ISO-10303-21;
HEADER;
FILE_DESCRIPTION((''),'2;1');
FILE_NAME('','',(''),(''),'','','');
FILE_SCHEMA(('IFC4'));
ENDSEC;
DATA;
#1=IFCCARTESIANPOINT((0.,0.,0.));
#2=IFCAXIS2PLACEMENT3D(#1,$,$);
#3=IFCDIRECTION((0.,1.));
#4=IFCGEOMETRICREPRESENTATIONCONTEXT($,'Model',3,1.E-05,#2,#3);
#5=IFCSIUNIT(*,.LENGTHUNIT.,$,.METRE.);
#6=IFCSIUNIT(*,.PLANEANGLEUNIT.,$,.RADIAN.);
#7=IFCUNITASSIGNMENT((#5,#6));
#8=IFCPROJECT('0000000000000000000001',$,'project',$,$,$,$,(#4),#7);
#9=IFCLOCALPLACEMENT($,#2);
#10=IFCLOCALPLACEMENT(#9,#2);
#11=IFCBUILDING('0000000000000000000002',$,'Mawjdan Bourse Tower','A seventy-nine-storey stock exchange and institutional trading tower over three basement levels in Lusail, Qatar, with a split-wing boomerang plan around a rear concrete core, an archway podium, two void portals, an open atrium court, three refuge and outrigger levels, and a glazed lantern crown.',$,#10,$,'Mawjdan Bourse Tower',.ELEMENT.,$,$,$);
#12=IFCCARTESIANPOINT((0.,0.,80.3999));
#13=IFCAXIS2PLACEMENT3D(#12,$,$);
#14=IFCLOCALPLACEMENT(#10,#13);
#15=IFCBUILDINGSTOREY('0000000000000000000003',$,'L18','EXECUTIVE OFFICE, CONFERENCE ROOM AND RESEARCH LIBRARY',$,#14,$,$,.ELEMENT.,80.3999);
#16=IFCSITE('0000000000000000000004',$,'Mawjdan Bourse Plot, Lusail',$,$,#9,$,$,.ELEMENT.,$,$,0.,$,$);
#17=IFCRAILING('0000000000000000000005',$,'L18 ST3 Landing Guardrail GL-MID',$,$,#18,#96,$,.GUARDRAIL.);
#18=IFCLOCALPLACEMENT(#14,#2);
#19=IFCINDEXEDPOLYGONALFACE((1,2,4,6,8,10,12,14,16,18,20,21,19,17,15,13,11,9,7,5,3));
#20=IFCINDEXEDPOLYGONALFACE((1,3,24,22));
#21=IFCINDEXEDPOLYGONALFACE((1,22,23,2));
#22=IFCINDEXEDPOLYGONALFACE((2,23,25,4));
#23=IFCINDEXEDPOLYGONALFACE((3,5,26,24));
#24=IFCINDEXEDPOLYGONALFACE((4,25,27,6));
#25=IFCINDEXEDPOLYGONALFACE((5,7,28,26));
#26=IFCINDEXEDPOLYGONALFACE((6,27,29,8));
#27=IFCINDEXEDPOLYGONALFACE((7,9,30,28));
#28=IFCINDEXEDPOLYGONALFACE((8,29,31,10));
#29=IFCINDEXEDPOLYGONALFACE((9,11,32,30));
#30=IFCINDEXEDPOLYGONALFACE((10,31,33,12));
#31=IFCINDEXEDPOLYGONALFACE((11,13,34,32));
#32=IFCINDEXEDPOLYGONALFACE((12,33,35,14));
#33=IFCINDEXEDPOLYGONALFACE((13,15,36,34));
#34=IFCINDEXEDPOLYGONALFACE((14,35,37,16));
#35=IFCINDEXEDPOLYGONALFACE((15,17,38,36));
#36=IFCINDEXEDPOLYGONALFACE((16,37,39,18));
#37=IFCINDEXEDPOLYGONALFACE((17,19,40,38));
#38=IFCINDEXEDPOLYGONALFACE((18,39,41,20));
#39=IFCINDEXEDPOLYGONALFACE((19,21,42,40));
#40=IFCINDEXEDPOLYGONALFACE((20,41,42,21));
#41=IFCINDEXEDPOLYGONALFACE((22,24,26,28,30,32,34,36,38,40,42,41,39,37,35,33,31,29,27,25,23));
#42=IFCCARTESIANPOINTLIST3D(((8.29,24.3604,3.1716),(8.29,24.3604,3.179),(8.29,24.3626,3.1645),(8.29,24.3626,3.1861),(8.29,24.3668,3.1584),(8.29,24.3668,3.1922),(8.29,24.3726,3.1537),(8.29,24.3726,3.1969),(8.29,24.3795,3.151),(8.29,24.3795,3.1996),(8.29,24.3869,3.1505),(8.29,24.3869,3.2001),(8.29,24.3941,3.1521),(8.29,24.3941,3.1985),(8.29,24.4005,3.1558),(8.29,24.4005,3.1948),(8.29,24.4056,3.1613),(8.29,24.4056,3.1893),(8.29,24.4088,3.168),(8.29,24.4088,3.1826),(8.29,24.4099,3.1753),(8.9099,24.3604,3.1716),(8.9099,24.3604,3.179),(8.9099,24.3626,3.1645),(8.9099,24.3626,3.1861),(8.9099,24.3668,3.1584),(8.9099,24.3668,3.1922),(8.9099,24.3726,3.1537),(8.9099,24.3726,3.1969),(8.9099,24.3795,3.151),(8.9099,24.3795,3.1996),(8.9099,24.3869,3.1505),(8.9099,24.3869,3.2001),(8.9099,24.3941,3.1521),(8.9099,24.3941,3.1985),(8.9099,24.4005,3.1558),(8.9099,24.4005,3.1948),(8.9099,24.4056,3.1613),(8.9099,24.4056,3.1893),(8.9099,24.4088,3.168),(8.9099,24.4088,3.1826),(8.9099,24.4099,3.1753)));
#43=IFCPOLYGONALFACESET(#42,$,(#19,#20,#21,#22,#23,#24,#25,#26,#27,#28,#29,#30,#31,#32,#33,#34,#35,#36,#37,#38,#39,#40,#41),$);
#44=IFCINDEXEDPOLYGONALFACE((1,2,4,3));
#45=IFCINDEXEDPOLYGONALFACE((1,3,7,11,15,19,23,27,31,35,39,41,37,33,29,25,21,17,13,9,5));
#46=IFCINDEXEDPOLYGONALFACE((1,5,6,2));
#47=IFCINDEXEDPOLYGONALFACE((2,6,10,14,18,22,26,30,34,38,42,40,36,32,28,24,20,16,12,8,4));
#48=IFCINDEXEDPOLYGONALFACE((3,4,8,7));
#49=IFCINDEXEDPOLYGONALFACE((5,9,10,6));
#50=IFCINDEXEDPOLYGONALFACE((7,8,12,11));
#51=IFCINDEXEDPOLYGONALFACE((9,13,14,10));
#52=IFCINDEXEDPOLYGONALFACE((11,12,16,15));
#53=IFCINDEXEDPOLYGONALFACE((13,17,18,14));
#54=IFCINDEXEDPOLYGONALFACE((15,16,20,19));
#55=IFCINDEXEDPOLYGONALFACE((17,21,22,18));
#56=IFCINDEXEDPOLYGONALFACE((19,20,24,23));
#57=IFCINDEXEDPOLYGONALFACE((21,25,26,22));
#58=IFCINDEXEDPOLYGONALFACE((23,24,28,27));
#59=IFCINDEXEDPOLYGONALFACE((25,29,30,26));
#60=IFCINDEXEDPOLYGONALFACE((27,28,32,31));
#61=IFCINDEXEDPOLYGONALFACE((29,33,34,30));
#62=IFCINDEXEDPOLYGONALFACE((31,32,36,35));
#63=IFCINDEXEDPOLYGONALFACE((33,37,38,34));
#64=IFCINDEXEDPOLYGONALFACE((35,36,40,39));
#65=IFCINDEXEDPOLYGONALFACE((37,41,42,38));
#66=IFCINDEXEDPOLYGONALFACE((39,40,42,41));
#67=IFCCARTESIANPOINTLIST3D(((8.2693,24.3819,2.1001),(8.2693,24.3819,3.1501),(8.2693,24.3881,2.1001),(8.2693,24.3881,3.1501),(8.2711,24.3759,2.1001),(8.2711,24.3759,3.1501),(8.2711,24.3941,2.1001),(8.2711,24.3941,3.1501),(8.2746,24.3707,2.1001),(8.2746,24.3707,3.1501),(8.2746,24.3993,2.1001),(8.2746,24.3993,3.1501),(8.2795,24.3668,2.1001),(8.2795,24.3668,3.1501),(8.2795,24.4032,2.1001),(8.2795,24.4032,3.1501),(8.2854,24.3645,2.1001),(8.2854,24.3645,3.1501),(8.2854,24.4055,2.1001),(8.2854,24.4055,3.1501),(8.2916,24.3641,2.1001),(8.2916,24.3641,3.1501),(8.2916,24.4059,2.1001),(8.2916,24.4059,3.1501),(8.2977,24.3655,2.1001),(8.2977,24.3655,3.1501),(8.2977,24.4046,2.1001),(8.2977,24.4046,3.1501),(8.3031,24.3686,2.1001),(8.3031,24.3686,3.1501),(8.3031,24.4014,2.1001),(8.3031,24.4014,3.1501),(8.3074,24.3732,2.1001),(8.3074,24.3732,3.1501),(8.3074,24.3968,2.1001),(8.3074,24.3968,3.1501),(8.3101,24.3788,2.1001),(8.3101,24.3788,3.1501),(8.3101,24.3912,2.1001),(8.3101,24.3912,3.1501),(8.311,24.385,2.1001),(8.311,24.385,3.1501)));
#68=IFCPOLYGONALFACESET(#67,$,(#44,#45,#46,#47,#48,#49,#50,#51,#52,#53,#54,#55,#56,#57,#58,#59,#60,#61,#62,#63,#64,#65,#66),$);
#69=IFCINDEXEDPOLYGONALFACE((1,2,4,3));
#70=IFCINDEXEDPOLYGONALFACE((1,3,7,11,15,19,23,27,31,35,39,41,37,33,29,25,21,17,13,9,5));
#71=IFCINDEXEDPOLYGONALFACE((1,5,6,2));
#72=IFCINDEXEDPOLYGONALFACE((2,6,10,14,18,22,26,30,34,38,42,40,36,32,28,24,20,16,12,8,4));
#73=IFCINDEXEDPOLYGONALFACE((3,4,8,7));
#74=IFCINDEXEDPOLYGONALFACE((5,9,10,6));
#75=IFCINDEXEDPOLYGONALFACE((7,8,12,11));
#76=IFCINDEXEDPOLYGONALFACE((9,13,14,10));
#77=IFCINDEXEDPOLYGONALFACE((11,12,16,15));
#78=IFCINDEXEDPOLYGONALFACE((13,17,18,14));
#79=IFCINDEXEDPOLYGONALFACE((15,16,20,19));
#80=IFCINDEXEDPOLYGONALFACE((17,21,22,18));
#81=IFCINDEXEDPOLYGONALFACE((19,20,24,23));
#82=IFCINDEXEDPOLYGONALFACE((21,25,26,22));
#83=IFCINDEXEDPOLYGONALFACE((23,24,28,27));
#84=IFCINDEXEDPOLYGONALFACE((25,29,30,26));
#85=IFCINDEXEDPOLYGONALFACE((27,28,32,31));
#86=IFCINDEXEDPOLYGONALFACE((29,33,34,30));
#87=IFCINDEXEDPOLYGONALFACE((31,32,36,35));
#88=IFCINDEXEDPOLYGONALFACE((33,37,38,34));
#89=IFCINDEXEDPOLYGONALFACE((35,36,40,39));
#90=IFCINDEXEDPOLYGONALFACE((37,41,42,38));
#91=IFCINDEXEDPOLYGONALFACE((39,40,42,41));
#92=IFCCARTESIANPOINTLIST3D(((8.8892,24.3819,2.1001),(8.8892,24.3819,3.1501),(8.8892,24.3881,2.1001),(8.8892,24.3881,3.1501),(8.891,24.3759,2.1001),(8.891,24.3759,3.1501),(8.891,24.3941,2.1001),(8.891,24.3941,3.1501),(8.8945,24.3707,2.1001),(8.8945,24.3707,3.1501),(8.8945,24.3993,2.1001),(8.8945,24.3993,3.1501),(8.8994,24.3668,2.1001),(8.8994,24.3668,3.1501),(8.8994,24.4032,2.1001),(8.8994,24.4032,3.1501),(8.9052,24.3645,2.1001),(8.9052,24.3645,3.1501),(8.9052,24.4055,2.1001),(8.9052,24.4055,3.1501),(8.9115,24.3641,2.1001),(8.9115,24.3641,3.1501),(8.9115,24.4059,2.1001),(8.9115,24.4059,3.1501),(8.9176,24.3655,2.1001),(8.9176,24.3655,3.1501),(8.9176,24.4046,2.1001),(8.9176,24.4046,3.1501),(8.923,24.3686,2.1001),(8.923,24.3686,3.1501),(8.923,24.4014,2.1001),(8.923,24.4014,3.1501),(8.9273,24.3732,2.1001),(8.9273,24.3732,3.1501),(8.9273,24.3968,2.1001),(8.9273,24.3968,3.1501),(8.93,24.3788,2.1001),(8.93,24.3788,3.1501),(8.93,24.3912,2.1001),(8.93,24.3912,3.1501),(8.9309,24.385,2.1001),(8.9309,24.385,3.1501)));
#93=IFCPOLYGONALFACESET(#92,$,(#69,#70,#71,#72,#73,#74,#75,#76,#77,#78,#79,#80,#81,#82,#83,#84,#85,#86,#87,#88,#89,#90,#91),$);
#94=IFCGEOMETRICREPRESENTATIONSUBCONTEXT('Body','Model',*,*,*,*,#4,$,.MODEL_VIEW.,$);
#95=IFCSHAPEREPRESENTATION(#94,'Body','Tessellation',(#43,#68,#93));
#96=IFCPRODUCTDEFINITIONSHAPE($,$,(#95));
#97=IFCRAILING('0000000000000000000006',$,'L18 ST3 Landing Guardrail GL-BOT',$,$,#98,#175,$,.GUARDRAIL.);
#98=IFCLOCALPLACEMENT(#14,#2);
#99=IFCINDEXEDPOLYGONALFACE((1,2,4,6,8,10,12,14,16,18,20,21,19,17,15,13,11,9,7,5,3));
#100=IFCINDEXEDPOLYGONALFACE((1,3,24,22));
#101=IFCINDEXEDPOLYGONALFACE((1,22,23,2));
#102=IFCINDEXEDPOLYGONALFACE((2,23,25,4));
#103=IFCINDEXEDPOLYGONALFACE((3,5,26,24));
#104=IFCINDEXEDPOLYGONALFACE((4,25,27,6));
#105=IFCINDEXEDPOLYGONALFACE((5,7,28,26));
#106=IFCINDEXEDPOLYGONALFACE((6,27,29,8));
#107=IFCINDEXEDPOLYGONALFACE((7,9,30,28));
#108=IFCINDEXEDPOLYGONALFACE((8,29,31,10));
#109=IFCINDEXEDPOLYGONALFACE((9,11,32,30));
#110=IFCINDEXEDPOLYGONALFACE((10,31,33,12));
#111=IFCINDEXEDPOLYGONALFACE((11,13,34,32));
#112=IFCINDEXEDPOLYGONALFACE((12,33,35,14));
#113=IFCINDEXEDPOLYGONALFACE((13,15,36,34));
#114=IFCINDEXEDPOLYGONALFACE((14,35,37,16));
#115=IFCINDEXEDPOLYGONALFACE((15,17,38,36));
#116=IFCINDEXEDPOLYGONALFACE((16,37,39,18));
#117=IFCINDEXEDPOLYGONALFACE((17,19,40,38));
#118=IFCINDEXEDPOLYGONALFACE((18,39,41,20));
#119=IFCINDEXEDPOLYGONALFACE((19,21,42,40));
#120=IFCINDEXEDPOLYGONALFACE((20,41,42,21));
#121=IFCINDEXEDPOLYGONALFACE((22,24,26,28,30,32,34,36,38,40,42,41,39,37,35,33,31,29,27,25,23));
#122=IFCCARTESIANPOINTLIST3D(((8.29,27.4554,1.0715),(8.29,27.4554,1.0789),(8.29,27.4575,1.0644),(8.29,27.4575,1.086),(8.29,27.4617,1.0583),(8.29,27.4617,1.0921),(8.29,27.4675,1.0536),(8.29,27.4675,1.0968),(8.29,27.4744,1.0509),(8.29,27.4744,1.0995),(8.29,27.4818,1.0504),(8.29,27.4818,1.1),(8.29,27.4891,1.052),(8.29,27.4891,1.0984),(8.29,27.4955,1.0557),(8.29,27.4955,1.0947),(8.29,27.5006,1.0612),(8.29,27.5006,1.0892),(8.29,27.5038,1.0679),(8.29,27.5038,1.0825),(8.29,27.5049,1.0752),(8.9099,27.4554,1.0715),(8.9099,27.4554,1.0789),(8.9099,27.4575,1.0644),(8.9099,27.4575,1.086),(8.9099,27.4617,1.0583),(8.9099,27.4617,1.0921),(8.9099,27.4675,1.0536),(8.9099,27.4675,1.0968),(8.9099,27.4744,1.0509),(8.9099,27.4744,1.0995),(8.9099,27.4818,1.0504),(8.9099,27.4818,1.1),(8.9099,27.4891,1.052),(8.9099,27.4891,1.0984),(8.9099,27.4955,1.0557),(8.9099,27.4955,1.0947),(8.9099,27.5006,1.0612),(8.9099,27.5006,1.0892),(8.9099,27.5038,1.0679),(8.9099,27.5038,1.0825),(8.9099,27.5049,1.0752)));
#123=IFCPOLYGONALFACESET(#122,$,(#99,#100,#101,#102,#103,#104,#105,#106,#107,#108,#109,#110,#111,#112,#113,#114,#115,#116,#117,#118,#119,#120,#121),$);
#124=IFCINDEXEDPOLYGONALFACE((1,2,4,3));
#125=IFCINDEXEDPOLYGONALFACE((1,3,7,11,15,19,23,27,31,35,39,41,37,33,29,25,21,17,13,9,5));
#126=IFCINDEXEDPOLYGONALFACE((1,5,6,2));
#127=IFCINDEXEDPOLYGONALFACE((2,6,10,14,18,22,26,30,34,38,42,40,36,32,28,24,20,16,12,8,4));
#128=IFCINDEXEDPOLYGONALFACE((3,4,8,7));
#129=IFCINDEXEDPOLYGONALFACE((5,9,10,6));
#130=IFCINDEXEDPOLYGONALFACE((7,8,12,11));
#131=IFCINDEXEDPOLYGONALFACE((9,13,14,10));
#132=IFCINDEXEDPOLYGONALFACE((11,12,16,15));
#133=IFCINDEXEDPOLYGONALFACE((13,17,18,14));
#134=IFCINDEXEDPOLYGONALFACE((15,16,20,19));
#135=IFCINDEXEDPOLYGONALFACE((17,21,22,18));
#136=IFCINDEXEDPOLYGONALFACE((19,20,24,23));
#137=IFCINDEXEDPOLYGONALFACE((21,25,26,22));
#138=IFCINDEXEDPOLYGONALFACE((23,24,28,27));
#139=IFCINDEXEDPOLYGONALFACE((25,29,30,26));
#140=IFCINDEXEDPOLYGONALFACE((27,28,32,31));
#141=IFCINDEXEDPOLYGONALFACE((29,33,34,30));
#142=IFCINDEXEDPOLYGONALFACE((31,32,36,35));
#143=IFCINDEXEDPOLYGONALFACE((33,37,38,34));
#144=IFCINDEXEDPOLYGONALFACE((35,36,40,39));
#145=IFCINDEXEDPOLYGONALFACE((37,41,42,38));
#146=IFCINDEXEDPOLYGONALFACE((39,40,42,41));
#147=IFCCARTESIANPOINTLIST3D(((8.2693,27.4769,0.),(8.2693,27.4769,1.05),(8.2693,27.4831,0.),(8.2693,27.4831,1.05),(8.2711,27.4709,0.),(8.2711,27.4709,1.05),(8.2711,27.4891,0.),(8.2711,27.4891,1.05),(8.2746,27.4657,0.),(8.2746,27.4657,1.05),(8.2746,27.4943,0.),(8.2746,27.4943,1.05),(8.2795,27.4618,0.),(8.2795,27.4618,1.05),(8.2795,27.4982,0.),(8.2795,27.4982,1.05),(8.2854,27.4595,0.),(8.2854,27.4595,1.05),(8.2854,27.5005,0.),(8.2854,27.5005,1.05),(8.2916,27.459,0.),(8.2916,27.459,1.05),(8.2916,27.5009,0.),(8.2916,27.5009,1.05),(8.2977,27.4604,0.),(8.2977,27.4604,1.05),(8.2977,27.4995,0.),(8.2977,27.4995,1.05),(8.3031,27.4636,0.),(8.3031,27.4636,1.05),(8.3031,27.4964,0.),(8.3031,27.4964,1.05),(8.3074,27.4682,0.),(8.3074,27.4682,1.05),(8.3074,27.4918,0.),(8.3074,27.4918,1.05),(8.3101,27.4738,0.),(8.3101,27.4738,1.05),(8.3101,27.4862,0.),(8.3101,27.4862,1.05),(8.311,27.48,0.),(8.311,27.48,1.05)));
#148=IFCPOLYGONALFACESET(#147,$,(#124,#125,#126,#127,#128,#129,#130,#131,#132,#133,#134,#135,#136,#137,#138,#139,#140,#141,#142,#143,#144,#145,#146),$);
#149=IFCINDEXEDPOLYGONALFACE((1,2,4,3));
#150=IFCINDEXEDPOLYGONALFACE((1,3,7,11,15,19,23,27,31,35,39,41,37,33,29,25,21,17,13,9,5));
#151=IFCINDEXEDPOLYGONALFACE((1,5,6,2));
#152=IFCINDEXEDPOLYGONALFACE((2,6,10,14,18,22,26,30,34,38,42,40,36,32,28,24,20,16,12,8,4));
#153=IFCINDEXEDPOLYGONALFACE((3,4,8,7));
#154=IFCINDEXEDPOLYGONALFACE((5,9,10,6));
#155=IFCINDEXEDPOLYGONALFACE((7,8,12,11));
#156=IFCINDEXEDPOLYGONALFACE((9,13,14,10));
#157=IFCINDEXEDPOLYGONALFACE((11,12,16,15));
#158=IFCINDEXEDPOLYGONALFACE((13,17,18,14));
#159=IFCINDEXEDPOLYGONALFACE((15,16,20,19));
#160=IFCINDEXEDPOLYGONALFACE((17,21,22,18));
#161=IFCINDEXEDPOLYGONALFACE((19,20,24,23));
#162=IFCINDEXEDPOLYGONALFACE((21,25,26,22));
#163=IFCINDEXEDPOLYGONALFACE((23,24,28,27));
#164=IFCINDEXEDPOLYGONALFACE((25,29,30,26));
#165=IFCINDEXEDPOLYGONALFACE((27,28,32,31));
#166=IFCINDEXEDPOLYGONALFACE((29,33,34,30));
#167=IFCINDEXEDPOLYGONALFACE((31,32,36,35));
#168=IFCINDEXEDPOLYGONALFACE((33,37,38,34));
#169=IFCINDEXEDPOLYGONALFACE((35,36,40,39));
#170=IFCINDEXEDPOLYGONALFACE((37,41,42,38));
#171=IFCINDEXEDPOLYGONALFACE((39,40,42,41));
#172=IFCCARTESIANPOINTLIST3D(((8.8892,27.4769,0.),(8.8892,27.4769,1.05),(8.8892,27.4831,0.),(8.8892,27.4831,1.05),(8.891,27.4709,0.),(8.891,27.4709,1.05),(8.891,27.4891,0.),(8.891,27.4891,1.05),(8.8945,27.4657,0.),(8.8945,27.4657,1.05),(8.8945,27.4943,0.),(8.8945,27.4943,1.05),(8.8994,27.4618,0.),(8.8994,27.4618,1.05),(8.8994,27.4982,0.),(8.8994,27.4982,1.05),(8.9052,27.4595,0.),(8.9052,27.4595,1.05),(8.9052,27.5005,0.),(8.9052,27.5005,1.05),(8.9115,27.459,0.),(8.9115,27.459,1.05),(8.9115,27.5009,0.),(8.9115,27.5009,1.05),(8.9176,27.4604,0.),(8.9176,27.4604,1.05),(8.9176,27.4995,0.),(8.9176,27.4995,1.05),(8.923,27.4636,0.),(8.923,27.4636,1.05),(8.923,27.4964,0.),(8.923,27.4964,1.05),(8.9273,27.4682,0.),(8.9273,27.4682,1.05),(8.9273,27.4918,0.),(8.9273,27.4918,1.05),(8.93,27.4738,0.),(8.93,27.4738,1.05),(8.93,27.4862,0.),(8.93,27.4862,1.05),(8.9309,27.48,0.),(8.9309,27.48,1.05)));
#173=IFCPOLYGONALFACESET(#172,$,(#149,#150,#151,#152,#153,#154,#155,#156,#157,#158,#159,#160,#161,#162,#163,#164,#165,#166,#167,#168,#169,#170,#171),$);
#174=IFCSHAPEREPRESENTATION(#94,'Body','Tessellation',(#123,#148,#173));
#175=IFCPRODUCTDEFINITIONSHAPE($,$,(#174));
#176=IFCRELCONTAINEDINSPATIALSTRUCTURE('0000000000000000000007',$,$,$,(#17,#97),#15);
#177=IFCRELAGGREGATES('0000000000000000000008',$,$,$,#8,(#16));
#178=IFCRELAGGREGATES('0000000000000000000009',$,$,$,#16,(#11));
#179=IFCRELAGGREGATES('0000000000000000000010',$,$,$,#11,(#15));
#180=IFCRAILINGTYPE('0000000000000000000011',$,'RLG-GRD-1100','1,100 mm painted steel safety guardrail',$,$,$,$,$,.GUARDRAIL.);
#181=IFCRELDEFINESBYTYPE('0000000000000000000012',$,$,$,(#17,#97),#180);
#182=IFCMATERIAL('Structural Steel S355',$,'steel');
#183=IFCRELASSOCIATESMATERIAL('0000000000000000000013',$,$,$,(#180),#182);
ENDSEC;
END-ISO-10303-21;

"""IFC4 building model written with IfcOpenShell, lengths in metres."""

from ifc_helpers import new_model, si_unit, direction, frame, origin, origin_2d, place, context, subcontext, project, spatial, circle, extrude, material, type_object, element, save


model = new_model("IFC4")

# Units and contexts
model_context = context("Model", 3, precision=1e-05, world=origin(), true_north=direction((0.0, 1.0)))
body_context = subcontext(model_context, "Body", "Model", "MODEL_VIEW")
ifc_project = project(units=[si_unit("LENGTHUNIT", "METRE"), si_unit("PLANEANGLEUNIT", "RADIAN")], contexts=[model_context])

# Site, building, storey
site_placement = place(None, origin())
site = spatial("IfcSite", under=ifc_project, at=site_placement, Name="Mawjdan Bourse Plot, Lusail", CompositionType="ELEMENT", RefElevation=0.0)
building_placement = place(site_placement, origin())
building = spatial("IfcBuilding", under=site, at=building_placement, Name="Mawjdan Bourse Tower", Description="A seventy-nine-storey stock exchange and institutional trading tower over three basement levels in Lusail, Qatar, with a split-wing boomerang plan around a rear concrete core, an archway podium, two void portals, an open atrium court, three refuge and outrigger levels, and a glazed lantern crown.", LongName="Mawjdan Bourse Tower", CompositionType="ELEMENT")
storey_placement = place(building_placement, frame((0.0, 0.0, 80.3999)))
storey = spatial("IfcBuildingStorey", under=building, at=storey_placement, Name="L18", Description="EXECUTIVE OFFICE, CONFERENCE ROOM AND RESEARCH LIBRARY", CompositionType="ELEMENT", Elevation=80.3999)

# Shared definitions
ifc_material_1 = material(Name="Structural Steel S355", Category="steel")

# Railings
railing_type_1 = type_object("IfcRailingType", Name="RLG-GRD-1100", Description="1,100 mm painted steel safety guardrail", PredefinedType="GUARDRAIL", material=ifc_material_1)
for number, where, name in (
    (1, (8.29, 24.385, 2.1001), "L18 ST3 Landing Guardrail GL-MID"),
    (2, (8.29, 27.48, 0.0), "L18 ST3 Landing Guardrail GL-BOT"),
):
    element("IfcRailing", number, at=place(storey_placement, frame(where)), inside=storey, type_object=railing_type_1, Name=name, PredefinedType="GUARDRAIL", context=body_context, shape_type="SweptSolid", body=[
        extrude(circle(Radius=0.0249, at=origin_2d()), frame((0.0, 0.0, 1.0752), z_axis=(1.0, 0.0, 0.0), x_axis=(0.0, 1.0, 0.0)), (0.0, 0.0, 1.0), 0.6199),
        extrude(circle(Radius=0.021, at=origin_2d()), origin(), (0.0, 0.0, 1.0), 1.05),
        extrude(circle(Radius=0.021, at=origin_2d()), frame((0.6199, 0.0, 0.0)), (0.0, 0.0, 1.0), 1.05),
    ])

save(model, "model.ifc")
